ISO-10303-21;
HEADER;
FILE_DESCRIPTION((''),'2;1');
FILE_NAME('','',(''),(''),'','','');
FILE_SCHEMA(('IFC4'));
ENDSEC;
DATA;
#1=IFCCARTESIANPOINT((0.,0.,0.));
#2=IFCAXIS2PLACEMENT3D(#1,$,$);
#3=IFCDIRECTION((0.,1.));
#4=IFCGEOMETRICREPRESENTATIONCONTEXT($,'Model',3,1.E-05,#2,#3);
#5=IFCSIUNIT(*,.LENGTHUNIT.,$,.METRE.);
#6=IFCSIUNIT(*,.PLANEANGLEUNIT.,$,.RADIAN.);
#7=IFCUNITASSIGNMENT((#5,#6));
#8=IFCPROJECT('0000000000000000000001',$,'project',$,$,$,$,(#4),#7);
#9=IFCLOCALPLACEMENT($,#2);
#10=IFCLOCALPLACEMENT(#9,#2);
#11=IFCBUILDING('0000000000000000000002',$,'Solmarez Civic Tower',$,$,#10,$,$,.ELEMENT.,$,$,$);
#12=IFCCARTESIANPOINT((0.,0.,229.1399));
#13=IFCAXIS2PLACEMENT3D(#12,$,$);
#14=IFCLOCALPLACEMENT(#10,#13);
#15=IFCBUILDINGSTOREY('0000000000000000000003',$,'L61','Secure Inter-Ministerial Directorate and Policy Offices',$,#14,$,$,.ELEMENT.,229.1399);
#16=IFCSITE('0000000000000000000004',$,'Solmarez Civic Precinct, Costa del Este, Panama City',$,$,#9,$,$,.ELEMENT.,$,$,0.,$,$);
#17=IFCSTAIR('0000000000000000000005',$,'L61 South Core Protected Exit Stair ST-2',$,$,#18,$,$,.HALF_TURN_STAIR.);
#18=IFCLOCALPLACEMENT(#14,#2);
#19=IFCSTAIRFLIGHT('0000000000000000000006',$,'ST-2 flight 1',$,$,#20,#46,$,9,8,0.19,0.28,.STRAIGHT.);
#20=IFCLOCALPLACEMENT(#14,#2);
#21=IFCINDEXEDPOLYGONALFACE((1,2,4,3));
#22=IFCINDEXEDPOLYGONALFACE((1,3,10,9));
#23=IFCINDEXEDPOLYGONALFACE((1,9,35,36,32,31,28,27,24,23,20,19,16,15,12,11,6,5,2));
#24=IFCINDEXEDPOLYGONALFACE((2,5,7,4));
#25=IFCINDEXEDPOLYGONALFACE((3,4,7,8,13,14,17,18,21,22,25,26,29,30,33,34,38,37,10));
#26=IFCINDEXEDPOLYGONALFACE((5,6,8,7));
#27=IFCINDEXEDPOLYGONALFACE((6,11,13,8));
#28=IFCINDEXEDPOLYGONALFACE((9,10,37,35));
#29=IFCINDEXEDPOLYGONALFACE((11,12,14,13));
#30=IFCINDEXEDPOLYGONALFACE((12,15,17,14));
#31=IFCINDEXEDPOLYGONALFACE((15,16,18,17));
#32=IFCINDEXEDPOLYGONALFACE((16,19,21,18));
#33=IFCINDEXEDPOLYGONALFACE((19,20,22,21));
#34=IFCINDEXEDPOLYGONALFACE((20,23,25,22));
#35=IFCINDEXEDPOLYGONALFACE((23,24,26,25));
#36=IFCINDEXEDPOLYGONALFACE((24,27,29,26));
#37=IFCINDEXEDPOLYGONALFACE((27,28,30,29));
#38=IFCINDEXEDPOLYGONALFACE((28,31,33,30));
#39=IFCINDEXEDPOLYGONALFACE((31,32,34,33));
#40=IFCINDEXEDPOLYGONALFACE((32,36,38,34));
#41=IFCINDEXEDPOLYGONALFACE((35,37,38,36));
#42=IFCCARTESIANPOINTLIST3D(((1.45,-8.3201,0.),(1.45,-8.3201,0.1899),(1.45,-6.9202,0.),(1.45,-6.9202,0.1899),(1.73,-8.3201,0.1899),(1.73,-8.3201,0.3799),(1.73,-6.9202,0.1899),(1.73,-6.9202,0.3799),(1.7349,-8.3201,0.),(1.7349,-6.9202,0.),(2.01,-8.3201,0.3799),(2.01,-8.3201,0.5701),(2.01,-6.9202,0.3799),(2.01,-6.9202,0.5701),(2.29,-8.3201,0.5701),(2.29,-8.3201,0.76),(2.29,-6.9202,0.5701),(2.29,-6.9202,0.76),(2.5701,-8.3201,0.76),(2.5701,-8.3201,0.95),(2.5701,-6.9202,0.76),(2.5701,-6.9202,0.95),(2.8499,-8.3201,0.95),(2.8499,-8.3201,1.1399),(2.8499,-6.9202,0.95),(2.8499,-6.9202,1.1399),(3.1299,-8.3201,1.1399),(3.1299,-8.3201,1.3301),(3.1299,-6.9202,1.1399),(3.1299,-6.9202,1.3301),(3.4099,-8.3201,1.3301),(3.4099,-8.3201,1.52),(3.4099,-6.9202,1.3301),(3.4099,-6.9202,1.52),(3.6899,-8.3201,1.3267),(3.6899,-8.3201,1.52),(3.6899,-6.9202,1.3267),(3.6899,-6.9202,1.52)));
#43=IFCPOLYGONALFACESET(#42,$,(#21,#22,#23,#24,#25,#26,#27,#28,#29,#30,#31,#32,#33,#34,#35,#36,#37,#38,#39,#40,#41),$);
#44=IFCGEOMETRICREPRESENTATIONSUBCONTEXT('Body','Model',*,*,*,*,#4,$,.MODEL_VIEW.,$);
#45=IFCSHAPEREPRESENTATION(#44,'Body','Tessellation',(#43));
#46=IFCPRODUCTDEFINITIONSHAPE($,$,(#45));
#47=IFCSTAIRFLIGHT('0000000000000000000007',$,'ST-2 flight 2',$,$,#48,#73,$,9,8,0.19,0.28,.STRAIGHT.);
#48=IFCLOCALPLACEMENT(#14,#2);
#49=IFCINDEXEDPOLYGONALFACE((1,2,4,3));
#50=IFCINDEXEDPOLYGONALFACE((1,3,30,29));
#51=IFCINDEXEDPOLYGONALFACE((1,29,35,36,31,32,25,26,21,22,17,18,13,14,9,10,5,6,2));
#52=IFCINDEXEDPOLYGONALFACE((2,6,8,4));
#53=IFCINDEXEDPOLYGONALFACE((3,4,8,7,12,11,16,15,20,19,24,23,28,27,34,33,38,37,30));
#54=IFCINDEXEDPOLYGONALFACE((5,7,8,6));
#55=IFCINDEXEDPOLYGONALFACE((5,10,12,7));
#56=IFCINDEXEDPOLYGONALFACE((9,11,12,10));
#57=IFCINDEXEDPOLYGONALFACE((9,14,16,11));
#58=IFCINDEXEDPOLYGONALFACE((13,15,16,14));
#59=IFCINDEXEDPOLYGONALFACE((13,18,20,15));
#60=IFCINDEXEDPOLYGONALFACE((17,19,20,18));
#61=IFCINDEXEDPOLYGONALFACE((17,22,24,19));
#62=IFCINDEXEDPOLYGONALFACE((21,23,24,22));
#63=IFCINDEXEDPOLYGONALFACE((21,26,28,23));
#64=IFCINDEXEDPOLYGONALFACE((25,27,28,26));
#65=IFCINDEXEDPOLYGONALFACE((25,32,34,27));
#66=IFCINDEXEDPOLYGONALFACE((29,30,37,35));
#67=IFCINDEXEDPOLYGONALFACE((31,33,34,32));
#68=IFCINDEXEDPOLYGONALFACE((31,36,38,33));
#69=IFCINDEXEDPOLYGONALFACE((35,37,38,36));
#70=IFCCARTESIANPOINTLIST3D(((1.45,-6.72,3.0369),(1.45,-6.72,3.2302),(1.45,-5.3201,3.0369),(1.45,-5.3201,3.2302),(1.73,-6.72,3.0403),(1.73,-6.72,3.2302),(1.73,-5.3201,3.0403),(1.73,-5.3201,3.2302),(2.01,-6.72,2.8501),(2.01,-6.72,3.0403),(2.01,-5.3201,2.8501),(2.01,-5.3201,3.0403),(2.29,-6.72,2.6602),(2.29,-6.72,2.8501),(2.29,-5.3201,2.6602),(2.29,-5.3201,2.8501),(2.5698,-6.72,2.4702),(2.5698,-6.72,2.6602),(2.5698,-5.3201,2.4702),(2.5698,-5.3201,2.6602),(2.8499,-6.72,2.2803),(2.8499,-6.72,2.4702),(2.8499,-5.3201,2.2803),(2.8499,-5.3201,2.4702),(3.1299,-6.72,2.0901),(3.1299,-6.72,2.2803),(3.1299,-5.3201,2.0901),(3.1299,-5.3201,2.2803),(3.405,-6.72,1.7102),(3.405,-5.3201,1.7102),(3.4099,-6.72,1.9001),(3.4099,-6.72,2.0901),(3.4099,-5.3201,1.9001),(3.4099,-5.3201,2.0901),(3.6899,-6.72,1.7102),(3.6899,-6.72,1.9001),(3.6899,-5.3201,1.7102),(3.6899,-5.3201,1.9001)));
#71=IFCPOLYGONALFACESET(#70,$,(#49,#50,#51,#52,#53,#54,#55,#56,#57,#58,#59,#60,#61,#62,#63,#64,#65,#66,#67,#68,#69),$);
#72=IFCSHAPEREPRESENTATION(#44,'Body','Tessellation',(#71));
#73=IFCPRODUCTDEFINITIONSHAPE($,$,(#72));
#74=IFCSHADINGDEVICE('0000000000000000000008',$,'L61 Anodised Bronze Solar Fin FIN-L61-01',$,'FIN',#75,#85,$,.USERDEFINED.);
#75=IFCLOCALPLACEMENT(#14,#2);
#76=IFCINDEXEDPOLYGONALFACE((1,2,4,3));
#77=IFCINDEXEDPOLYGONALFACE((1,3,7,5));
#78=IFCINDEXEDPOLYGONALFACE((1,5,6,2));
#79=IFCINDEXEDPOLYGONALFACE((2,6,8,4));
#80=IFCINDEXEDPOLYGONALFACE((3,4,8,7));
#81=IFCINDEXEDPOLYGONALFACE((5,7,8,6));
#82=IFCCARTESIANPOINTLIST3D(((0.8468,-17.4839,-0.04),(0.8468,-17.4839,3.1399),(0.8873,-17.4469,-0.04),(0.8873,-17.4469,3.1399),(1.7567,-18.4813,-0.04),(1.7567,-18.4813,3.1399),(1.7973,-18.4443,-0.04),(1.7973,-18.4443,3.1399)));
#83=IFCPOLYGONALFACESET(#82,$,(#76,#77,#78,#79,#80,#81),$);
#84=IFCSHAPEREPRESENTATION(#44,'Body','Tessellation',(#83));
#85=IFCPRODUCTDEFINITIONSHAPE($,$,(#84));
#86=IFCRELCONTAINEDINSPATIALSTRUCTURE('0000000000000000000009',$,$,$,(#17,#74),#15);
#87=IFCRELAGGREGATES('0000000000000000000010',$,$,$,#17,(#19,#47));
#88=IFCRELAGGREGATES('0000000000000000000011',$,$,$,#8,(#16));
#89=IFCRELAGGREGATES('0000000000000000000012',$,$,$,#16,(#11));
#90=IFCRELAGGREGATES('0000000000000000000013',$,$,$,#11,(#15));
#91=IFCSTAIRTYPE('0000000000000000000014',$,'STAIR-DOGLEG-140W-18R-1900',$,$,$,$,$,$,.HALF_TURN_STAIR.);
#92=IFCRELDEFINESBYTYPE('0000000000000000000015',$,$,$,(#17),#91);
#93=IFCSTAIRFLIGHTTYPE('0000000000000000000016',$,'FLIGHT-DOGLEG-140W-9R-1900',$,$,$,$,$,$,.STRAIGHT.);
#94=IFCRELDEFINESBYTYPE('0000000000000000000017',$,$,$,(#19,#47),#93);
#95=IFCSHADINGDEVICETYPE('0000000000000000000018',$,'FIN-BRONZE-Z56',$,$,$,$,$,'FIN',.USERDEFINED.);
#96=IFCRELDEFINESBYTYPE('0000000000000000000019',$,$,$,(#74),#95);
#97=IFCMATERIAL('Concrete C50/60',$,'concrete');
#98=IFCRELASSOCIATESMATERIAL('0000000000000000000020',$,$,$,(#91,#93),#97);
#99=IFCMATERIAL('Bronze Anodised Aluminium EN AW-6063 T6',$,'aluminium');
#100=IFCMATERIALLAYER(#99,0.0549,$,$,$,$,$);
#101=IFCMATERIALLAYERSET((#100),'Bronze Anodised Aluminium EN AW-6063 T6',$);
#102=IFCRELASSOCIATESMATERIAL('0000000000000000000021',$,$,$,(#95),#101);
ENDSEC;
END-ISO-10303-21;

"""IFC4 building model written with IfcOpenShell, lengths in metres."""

from ifc_helpers import new_model, si_unit, direction, frame, origin, origin_2d, place, context, subcontext, project, spatial, polyline, rectangle, outline, extrude, material, layer, layer_set, type_object, element, aggregate, save


model = new_model("IFC4")

# Units and contexts
model_context = context("Model", 3, precision=1e-05, world=origin(), true_north=direction((0.0, 1.0)))
body_context = subcontext(model_context, "Body", "Model", "MODEL_VIEW")
ifc_project = project(units=[si_unit("LENGTHUNIT", "METRE"), si_unit("PLANEANGLEUNIT", "RADIAN")], contexts=[model_context])

# Site, building, storey
site_placement = place(None, origin())
site = spatial("IfcSite", under=ifc_project, at=site_placement, Name="Solmarez Civic Precinct, Costa del Este, Panama City", CompositionType="ELEMENT", RefElevation=0.0)
building_placement = place(site_placement, origin())
building = spatial("IfcBuilding", under=site, at=building_placement, Name="Solmarez Civic Tower", CompositionType="ELEMENT")
storey_placement = place(building_placement, frame((0.0, 0.0, 229.1399)))
storey = spatial("IfcBuildingStorey", under=building, at=storey_placement, Name="L61", Description="Secure Inter-Ministerial Directorate and Policy Offices", CompositionType="ELEMENT", Elevation=229.1399)

# Shared definitions
ifc_material_1 = material(Name="Concrete C50/60", Category="concrete")

# Shared definitions
ifc_material_2 = material(Name="Bronze Anodised Aluminium EN AW-6063 T6", Category="aluminium")

# Stair, stair flights
stair_type = type_object("IfcStairType", Name="STAIR-DOGLEG-140W-18R-1900", PredefinedType="HALF_TURN_STAIR", material=ifc_material_1)
stair_placement = place(storey_placement, origin())
stair = element("IfcStair", 1, at=stair_placement, inside=storey, type_object=stair_type, Name="L61 South Core Protected Exit Stair ST-2", PredefinedType="HALF_TURN_STAIR")
stair_flight_type = type_object("IfcStairFlightType", Name="FLIGHT-DOGLEG-140W-9R-1900", PredefinedType="STRAIGHT", material=ifc_material_1)
stair_flight_1_placement = place(storey_placement, frame((1.45, -7.6201, 0.0), z_axis=(0.0, 0.0, 1.0), x_axis=(1.0, 0.0, 0.0)))
stair_flight_1 = element("IfcStairFlight", 2, at=stair_flight_1_placement, type_object=stair_flight_type, Name="ST-2 flight 1", NumberOfRisers=9, NumberOfTreads=8, PredefinedType="STRAIGHT", RiserHeight=0.19, TreadLength=0.28, context=body_context, shape_type="SweptSolid", body=[
    extrude(outline(polyline([(0.0, 0.0), (0.0, 0.1899), (0.28, 0.1899), (0.28, 0.3799), (0.5601, 0.3799), (0.5601, 0.5701), (0.8401, 0.5701), (0.8401, 0.76), (1.1201, 0.76), (1.1201, 0.95), (1.3999, 0.95), (1.3999, 1.1399), (1.6799, 1.1399), (1.6799, 1.3301), (1.96, 1.3301), (1.96, 1.52), (2.24, 1.52), (2.24, 1.71), (2.24, 1.3267), (0.2849, 0.0), (0.0, 0.0)])), frame((0.0, 0.7, 0.0), z_axis=(0.0, -1.0, 0.0), x_axis=(1.0, 0.0, 0.0)), (0.0, 0.0, 1.0), 1.3999),
])
stair_flight_2_placement = place(storey_placement, frame((3.6899, -6.02, 1.7102), z_axis=(0.0, 0.0, 1.0), x_axis=(-1.0, 0.0, 0.0)))
stair_flight_2 = element("IfcStairFlight", 3, at=stair_flight_2_placement, type_object=stair_flight_type, Name="ST-2 flight 2", NumberOfRisers=9, NumberOfTreads=8, PredefinedType="STRAIGHT", RiserHeight=0.19, TreadLength=0.28, context=body_context, shape_type="SweptSolid", body=[
    extrude(outline(polyline([(0.0, 0.0), (0.0, 0.1899), (0.28, 0.1899), (0.28, 0.3799), (0.5601, 0.3799), (0.5601, 0.5701), (0.8401, 0.5701), (0.8401, 0.76), (1.1201, 0.76), (1.1201, 0.95), (1.3999, 0.95), (1.3999, 1.1399), (1.6799, 1.1399), (1.6799, 1.3301), (1.96, 1.3301), (1.96, 1.52), (2.24, 1.52), (2.24, 1.71), (2.24, 1.3267), (0.2849, 0.0), (0.0, 0.0)])), frame((0.0, 0.7, 0.0), z_axis=(0.0, -1.0, 0.0), x_axis=(1.0, 0.0, 0.0)), (0.0, 0.0, 1.0), 1.3999),
])
aggregate(stair, [stair_flight_1, stair_flight_2])

# Shading device
ifc_layer_1 = layer(ifc_material_2, 0.0549)
ifc_layer_set_1 = layer_set([ifc_layer_1], Name="Bronze Anodised Aluminium EN AW-6063 T6")
shading_device_type = type_object("IfcShadingDeviceType", Name="FIN-BRONZE-Z56", ElementType="FIN", PredefinedType="USERDEFINED", material=ifc_layer_set_1)
shading_device_placement = place(storey_placement, frame((1.322, -17.9641, -0.04), z_axis=(0.0, 0.0, 1.0), x_axis=(0.673993, -0.738738, 0.0)))
element("IfcShadingDevice", 4, at=shading_device_placement, inside=storey, type_object=shading_device_type, Name="L61 Anodised Bronze Solar Fin FIN-L61-01", ObjectType="FIN", PredefinedType="USERDEFINED", context=body_context, shape_type="SweptSolid", body=[
    extrude(rectangle(XDim=1.3501, YDim=0.0549, at=origin_2d()), origin(), (0.0, 0.0, 1.0), 3.1799),
])

save(model, "model.ifc")
